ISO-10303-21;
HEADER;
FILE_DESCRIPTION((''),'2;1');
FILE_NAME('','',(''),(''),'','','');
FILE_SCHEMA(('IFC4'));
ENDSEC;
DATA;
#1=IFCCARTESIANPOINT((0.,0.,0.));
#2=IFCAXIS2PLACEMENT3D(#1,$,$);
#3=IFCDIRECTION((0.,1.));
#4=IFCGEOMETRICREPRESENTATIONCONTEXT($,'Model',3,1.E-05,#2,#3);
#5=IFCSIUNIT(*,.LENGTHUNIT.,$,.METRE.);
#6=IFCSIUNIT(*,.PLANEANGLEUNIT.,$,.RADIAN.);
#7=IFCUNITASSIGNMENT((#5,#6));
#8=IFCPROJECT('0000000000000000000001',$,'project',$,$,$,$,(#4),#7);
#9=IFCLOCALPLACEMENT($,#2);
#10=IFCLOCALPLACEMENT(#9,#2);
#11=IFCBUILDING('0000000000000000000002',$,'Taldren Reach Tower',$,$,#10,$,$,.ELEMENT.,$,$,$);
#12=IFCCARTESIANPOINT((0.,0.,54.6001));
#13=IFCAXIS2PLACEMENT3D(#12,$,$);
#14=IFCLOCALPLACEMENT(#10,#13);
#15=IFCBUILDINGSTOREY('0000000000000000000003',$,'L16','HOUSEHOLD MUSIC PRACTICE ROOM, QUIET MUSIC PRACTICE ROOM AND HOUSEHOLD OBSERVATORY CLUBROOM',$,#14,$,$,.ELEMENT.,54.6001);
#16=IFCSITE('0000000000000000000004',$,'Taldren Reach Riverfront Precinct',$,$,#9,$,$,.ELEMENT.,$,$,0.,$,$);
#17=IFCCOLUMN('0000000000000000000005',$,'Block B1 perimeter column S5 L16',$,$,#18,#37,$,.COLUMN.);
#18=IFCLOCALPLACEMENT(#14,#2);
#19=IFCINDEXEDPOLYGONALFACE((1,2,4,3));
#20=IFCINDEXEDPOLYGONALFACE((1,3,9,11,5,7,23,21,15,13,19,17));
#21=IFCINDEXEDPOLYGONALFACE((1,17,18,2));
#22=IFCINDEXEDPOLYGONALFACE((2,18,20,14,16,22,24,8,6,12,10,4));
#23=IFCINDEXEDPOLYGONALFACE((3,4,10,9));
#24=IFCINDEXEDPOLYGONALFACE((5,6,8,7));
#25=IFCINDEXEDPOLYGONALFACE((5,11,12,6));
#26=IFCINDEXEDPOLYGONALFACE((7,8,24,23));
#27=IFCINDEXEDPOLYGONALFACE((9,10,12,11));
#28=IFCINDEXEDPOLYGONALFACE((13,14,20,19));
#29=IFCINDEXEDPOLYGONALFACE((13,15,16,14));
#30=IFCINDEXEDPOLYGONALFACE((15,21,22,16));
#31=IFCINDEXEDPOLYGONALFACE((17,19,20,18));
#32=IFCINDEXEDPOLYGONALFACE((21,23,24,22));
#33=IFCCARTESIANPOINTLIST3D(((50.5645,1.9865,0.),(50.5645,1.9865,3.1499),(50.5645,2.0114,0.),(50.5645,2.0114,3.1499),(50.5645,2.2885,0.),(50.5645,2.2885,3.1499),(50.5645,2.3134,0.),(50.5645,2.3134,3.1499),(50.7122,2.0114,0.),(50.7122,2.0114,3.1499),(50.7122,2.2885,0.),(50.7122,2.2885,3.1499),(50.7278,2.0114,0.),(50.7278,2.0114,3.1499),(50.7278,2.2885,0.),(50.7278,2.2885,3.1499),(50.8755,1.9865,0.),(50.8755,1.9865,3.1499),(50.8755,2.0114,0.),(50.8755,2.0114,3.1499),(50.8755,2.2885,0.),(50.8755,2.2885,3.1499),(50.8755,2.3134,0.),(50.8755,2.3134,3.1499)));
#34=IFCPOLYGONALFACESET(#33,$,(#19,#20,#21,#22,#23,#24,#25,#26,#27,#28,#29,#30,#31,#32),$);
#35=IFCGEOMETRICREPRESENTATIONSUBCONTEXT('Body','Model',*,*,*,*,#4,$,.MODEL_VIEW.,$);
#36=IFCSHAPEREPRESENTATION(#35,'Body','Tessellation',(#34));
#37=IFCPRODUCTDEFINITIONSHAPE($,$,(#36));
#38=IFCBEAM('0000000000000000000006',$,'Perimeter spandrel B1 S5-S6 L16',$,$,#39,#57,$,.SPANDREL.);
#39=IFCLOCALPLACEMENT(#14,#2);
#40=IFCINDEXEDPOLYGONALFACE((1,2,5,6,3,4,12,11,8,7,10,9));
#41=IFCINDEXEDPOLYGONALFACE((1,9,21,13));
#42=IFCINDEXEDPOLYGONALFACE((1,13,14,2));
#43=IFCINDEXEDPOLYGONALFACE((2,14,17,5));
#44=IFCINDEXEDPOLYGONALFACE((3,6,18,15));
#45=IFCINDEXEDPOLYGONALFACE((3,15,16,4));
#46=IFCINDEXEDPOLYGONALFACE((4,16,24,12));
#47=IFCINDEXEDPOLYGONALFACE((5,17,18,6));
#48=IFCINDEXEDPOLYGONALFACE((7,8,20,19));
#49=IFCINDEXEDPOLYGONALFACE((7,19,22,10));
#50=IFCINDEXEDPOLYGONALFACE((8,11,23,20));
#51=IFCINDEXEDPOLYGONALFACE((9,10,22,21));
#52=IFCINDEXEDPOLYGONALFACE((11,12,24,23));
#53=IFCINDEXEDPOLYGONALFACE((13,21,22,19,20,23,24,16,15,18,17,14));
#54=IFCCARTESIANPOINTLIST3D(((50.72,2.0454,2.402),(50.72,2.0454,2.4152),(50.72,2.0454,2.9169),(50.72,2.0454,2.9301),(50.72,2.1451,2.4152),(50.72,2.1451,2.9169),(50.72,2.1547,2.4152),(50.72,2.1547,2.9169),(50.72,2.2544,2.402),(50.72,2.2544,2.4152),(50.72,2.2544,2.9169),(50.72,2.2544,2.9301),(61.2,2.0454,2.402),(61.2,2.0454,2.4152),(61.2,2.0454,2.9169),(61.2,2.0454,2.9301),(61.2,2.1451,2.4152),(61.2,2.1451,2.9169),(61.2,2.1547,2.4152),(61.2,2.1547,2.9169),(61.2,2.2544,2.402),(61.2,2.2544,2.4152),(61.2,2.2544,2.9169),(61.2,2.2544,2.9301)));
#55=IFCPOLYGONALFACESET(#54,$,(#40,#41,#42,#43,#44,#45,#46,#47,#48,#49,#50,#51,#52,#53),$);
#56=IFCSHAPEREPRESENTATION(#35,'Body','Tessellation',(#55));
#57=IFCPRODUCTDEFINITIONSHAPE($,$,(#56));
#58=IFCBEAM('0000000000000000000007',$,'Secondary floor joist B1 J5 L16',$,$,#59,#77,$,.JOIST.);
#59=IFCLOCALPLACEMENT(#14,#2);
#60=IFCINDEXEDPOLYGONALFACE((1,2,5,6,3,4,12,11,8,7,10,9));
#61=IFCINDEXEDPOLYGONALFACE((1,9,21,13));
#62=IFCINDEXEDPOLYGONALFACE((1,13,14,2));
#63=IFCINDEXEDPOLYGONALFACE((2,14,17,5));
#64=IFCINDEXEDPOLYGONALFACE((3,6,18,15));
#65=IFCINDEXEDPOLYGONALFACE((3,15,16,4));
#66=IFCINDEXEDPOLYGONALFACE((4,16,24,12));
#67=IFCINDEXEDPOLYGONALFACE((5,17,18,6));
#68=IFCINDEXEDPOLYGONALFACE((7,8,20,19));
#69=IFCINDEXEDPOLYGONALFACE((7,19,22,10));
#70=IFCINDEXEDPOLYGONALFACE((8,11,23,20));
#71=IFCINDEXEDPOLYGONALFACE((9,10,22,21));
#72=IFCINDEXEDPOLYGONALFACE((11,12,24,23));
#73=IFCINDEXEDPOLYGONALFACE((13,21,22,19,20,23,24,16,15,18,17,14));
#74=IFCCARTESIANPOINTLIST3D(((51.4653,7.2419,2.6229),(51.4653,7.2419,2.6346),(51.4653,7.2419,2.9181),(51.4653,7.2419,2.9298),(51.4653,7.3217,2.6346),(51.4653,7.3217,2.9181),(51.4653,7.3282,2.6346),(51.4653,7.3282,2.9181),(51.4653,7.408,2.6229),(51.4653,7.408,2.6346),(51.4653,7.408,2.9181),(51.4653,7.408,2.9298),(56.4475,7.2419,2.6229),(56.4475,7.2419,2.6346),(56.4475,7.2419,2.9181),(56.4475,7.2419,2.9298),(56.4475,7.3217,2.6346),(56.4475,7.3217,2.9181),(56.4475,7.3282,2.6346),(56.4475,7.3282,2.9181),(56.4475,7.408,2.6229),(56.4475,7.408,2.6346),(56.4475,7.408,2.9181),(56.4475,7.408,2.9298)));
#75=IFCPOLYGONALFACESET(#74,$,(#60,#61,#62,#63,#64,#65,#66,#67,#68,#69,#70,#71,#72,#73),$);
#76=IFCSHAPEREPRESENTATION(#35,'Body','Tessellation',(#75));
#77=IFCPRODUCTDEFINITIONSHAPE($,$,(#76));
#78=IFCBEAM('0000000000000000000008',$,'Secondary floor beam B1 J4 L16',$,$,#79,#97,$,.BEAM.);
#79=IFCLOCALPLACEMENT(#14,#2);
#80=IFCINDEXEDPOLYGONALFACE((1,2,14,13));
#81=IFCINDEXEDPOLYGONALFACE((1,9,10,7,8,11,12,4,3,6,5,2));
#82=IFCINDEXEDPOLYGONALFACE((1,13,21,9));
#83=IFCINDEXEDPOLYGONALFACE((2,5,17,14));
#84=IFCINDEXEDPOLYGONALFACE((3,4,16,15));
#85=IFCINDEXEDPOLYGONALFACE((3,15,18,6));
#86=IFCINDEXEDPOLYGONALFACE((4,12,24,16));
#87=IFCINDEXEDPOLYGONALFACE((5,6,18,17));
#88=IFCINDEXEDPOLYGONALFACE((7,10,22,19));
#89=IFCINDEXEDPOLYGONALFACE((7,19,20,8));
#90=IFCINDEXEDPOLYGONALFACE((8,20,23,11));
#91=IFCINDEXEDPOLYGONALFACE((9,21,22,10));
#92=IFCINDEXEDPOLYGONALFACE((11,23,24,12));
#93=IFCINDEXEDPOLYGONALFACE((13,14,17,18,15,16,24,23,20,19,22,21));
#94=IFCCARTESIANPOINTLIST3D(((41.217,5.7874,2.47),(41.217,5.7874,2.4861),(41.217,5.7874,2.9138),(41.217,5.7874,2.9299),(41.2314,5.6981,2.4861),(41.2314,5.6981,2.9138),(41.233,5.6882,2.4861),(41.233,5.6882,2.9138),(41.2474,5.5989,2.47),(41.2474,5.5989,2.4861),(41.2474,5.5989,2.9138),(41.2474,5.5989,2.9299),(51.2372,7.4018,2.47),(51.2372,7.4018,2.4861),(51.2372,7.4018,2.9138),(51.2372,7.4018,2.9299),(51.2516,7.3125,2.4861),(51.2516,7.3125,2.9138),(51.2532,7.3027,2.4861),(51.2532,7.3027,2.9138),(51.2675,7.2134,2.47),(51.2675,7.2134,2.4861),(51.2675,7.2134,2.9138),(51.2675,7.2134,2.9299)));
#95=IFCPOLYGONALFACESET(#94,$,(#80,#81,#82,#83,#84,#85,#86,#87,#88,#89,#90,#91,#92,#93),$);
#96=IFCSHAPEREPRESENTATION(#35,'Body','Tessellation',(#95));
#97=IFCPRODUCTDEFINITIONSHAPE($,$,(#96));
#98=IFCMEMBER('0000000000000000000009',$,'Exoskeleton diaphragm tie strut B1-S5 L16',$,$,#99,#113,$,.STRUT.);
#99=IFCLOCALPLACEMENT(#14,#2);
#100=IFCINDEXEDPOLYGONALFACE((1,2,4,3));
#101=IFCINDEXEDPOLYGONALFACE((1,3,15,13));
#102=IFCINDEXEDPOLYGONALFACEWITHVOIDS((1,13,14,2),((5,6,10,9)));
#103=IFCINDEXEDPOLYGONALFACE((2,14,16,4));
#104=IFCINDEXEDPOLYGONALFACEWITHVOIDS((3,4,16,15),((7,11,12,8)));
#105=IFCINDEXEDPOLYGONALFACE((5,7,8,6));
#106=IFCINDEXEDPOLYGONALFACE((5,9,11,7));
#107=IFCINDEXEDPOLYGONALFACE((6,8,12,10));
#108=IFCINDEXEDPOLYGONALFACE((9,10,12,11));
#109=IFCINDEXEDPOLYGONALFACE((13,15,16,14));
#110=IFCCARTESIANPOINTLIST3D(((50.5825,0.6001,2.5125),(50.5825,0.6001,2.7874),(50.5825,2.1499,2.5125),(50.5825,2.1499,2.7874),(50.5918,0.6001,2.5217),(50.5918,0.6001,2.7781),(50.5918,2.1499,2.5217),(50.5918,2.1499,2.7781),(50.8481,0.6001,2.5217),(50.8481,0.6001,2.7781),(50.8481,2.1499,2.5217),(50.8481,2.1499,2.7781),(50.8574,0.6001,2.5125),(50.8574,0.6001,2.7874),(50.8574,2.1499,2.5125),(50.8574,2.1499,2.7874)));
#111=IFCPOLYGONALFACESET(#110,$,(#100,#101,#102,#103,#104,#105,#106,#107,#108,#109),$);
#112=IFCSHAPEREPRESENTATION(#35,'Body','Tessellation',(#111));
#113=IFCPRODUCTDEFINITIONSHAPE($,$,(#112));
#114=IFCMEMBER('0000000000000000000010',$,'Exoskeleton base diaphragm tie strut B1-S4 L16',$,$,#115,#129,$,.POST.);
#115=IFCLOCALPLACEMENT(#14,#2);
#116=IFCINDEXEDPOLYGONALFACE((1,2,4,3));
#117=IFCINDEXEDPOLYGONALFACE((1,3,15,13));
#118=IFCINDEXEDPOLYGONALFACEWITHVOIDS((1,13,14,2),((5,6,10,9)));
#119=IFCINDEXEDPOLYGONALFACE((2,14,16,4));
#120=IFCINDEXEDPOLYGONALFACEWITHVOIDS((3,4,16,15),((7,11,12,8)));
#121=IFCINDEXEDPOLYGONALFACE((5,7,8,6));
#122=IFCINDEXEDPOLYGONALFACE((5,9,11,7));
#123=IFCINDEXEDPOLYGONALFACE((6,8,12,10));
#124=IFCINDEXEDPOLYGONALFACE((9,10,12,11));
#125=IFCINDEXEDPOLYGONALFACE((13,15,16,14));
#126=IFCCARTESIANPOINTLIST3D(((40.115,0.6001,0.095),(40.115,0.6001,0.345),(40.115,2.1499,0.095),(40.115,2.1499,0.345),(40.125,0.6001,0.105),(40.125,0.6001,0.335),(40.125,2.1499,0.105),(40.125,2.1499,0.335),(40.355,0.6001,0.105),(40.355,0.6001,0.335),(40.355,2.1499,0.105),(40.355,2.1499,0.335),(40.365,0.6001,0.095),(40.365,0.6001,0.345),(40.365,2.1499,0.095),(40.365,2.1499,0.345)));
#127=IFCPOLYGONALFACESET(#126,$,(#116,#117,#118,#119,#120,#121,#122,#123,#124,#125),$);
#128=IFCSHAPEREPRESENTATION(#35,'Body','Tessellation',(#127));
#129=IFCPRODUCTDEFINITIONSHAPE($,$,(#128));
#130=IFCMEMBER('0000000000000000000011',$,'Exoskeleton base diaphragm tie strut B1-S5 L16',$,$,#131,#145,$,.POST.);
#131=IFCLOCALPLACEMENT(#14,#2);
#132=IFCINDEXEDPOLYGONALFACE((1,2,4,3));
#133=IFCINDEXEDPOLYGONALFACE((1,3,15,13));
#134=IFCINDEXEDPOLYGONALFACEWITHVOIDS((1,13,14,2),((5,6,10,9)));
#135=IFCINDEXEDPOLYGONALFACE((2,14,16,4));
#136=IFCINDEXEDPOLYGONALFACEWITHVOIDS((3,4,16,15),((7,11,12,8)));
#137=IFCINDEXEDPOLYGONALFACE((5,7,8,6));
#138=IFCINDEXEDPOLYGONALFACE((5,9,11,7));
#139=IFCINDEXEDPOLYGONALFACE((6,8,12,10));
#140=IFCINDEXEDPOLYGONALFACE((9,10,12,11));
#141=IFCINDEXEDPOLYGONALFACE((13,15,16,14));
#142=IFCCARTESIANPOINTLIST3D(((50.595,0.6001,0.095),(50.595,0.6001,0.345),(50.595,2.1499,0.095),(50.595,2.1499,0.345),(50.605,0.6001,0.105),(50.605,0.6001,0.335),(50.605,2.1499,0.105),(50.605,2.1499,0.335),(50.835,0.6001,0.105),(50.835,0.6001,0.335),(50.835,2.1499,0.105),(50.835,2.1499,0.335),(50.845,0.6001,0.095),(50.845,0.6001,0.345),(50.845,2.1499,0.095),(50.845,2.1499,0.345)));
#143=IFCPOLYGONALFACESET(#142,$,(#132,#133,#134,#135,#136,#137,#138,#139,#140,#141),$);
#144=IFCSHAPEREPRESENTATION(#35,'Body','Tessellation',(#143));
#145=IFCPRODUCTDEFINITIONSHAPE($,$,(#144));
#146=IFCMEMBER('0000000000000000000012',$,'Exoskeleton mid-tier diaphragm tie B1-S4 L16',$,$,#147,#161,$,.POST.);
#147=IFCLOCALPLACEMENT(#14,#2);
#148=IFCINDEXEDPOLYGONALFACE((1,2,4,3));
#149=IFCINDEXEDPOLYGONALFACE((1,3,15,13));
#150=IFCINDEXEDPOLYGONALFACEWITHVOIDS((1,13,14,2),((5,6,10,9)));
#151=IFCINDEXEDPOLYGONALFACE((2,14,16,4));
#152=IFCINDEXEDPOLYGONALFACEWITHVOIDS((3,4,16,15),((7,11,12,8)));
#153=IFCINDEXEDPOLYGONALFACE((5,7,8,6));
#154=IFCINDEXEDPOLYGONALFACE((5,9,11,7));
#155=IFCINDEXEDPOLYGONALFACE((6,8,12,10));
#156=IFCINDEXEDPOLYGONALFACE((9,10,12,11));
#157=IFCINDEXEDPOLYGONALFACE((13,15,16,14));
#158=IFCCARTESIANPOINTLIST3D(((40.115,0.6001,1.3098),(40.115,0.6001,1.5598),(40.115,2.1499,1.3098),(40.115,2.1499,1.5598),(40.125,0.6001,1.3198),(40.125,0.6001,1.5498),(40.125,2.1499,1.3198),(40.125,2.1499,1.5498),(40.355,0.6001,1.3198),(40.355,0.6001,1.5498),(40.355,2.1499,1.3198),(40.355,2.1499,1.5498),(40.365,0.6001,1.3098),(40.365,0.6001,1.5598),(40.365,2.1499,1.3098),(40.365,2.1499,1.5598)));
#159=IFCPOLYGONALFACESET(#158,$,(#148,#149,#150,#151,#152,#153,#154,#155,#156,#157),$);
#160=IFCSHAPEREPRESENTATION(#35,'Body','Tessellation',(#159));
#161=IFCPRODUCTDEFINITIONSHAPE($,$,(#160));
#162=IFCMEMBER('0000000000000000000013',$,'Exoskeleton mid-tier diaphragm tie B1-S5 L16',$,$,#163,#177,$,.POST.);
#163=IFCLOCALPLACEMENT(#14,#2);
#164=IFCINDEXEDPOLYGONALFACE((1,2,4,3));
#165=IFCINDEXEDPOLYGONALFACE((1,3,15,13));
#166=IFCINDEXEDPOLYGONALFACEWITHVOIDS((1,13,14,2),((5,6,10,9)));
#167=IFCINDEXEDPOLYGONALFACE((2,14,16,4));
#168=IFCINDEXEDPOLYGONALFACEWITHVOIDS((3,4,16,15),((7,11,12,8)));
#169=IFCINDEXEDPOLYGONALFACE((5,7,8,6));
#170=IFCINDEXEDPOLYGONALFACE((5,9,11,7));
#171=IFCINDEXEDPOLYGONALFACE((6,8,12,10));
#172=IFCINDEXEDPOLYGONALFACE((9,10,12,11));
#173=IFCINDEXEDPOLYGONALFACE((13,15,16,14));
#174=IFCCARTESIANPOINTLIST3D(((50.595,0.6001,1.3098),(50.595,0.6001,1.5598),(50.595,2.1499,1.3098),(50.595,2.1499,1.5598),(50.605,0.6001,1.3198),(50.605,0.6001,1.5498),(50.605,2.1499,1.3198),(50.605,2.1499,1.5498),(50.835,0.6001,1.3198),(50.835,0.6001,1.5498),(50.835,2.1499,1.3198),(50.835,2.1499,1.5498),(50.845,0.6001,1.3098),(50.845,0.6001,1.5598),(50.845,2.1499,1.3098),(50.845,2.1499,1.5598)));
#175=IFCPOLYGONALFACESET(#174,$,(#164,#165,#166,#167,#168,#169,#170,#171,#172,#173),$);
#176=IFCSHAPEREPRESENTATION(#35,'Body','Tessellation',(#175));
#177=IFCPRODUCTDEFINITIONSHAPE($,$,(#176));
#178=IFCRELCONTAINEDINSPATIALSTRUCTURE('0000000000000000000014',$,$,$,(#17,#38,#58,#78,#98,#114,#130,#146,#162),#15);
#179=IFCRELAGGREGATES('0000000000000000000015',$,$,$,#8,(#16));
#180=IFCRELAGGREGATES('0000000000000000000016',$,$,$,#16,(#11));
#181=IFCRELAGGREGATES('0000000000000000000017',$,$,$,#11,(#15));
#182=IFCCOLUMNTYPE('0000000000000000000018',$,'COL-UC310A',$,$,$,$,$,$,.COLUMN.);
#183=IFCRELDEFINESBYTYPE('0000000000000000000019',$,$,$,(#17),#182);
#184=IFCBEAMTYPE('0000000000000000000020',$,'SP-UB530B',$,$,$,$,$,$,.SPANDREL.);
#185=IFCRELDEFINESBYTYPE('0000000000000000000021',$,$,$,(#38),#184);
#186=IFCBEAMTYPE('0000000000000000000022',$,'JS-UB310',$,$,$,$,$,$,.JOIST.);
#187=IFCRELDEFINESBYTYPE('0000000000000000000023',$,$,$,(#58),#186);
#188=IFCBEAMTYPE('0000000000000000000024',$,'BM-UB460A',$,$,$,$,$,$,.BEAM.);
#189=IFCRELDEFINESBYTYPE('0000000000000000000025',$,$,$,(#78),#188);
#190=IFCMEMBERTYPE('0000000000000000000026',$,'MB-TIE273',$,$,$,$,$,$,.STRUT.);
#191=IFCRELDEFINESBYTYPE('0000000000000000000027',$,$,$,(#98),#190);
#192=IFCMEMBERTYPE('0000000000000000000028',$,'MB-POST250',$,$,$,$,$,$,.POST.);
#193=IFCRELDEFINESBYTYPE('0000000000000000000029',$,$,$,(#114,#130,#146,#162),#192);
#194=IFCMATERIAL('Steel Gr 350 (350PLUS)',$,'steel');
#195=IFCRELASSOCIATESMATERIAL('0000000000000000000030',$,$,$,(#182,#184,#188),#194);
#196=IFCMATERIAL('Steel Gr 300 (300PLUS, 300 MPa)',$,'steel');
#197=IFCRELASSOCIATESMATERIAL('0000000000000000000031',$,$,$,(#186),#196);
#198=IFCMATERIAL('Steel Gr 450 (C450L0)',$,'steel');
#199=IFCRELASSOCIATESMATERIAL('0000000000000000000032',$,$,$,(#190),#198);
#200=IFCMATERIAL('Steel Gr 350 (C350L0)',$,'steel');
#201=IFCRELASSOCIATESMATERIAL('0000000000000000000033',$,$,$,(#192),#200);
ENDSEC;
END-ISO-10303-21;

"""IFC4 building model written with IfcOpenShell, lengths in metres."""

from ifc_helpers import new_model, si_unit, direction, frame, origin, origin_2d, place, context, subcontext, project, spatial, hollow_rectangle, i_section, extrude, source, transform, mapped, material, material_profile, profile_set, type_object, element, save


model = new_model("IFC4")

# Units and contexts
model_context = context("Model", 3, precision=1e-05, world=origin(), true_north=direction((0.0, 1.0)))
body_context = subcontext(model_context, "Body", "Model", "MODEL_VIEW")
ifc_project = project(units=[si_unit("LENGTHUNIT", "METRE"), si_unit("PLANEANGLEUNIT", "RADIAN")], contexts=[model_context])

# Site, building, storey
site_placement = place(None, origin())
site = spatial("IfcSite", under=ifc_project, at=site_placement, Name="Taldren Reach Riverfront Precinct", CompositionType="ELEMENT", RefElevation=0.0)
building_placement = place(site_placement, origin())
building = spatial("IfcBuilding", under=site, at=building_placement, Name="Taldren Reach Tower", CompositionType="ELEMENT")
storey_placement = place(building_placement, frame((0.0, 0.0, 54.6001)))
storey = spatial("IfcBuildingStorey", under=building, at=storey_placement, Name="L16", Description="HOUSEHOLD MUSIC PRACTICE ROOM, QUIET MUSIC PRACTICE ROOM AND HOUSEHOLD OBSERVATORY CLUBROOM", CompositionType="ELEMENT", Elevation=54.6001)

# Column
ifc_material_1 = material(Name="Steel Gr 350 (350PLUS)", Category="steel")
ifc_material_profile_1 = material_profile(ifc_material_1, i_section(OverallWidth=0.311, OverallDepth=0.3269, WebThickness=0.0156, FlangeThickness=0.0249, at=origin_2d()), Name="310UC158")
ifc_profile_set_1 = profile_set([ifc_material_profile_1], Name="Steel Gr 350 (350PLUS)")
column_type = type_object("IfcColumnType", Name="COL-UC310A", PredefinedType="COLUMN", material=ifc_profile_set_1)
shared_shape_1 = source(origin(), body_context, "Body", "SweptSolid", [
    extrude(i_section(OverallWidth=0.311, OverallDepth=0.3269, WebThickness=0.0156, FlangeThickness=0.0249, at=origin_2d()), origin(), (0.0, 0.0, 1.0), 3.1499),
])
column_placement = place(storey_placement, frame((50.72, 2.1499, 0.0), z_axis=(0.0, 0.0, 1.0), x_axis=(1.0, 0.0, 0.0)))
element("IfcColumn", 1, at=column_placement, inside=storey, type_object=column_type, Name="Block B1 perimeter column S5 L16", PredefinedType="COLUMN", context=body_context, shape_type="MappedRepresentation", body=[
    mapped(shared_shape_1, transform((0.0, 0.0, 0.0), scale=1.0)),
])

# Beams
ifc_material_profile_2 = material_profile(ifc_material_1, i_section(OverallWidth=0.209, OverallDepth=0.5281, WebThickness=0.0095, FlangeThickness=0.0132, at=origin_2d()), Name="530UB82.0")
ifc_profile_set_2 = profile_set([ifc_material_profile_2], Name="Steel Gr 350 (350PLUS)")
beam_type_1 = type_object("IfcBeamType", Name="SP-UB530B", PredefinedType="SPANDREL", material=ifc_profile_set_2)
shared_shape_2 = source(origin(), body_context, "Body", "SweptSolid", [
    extrude(i_section(OverallWidth=0.209, OverallDepth=0.5281, WebThickness=0.0095, FlangeThickness=0.0132, at=origin_2d()), origin(), (0.0, 0.0, 1.0), 10.48),
])
beam_1_placement = place(storey_placement, frame((50.72, 2.1499, 2.666), z_axis=(1.0, 0.0, 0.0), x_axis=(0.0, 1.0, 0.0)))
element("IfcBeam", 2, at=beam_1_placement, inside=storey, type_object=beam_type_1, Name="Perimeter spandrel B1 S5-S6 L16", PredefinedType="SPANDREL", context=body_context, shape_type="MappedRepresentation", body=[
    mapped(shared_shape_2, transform((0.0, 0.0, 0.0), scale=1.0)),
])
ifc_material_2 = material(Name="Steel Gr 300 (300PLUS, 300 MPa)", Category="steel")
ifc_material_profile_3 = material_profile(ifc_material_2, i_section(OverallWidth=0.166, OverallDepth=0.3069, WebThickness=0.0066, FlangeThickness=0.0117, at=origin_2d()), Name="310UB46.2")
ifc_profile_set_3 = profile_set([ifc_material_profile_3], Name="Steel Gr 300 (300PLUS, 300 MPa)")
beam_type_2 = type_object("IfcBeamType", Name="JS-UB310", PredefinedType="JOIST", material=ifc_profile_set_3)
shared_shape_3 = source(origin(), body_context, "Body", "SweptSolid", [
    extrude(i_section(OverallWidth=0.166, OverallDepth=0.3069, WebThickness=0.0066, FlangeThickness=0.0117, at=origin_2d()), origin(), (0.0, 0.0, 1.0), 4.9822),
])
beam_2_placement = place(storey_placement, frame((51.4653, 7.325, 2.7764), z_axis=(1.0, 0.0, 0.0), x_axis=(0.0, 1.0, 0.0)))
element("IfcBeam", 3, at=beam_2_placement, inside=storey, type_object=beam_type_2, Name="Secondary floor joist B1 J5 L16", PredefinedType="JOIST", context=body_context, shape_type="MappedRepresentation", body=[
    mapped(shared_shape_3, transform((0.0, 0.0, 0.0), scale=1.0)),
])
ifc_material_profile_4 = material_profile(ifc_material_1, i_section(OverallWidth=0.1909, OverallDepth=0.46, WebThickness=0.01, FlangeThickness=0.0161, at=origin_2d()), Name="460UB82.1")
ifc_profile_set_4 = profile_set([ifc_material_profile_4], Name="Steel Gr 350 (350PLUS)")
beam_type_3 = type_object("IfcBeamType", Name="BM-UB460A", PredefinedType="BEAM", material=ifc_profile_set_4)
shared_shape_4 = source(origin(), body_context, "Body", "SweptSolid", [
    extrude(i_section(OverallWidth=0.1909, OverallDepth=0.46, WebThickness=0.01, FlangeThickness=0.0161, at=origin_2d()), origin(), (0.0, 0.0, 1.0), 10.1494),
])
beam_3_placement = place(storey_placement, frame((41.2322, 5.6931, 2.7), z_axis=(0.987267, 0.159072, 0.0), x_axis=(-0.159072, 0.987267, 0.0)))
element("IfcBeam", 4, at=beam_3_placement, inside=storey, type_object=beam_type_3, Name="Secondary floor beam B1 J4 L16", PredefinedType="BEAM", context=body_context, shape_type="MappedRepresentation", body=[
    mapped(shared_shape_4, transform((0.0, 0.0, 0.0), scale=1.0)),
])

# Members
ifc_material_3 = material(Name="Steel Gr 450 (C450L0)", Category="steel")
ifc_material_profile_5 = material_profile(ifc_material_3, hollow_rectangle(XDim=0.2749, YDim=0.2749, WallThickness=0.0093, at=origin_2d()), Name="275x275x9.3SHS")
ifc_profile_set_5 = profile_set([ifc_material_profile_5], Name="Steel Gr 450 (C450L0)")
member_type_1 = type_object("IfcMemberType", Name="MB-TIE273", PredefinedType="STRUT", material=ifc_profile_set_5)
shared_shape_5 = source(origin(), body_context, "Body", "SweptSolid", [
    extrude(hollow_rectangle(XDim=0.2749, YDim=0.2749, WallThickness=0.0093, at=origin_2d()), origin(), (0.0, 0.0, 1.0), 1.5498),
])
member_placement = place(storey_placement, frame((50.72, 2.1499, 2.6499), z_axis=(0.0, -1.0, 0.0), x_axis=(1.0, 0.0, 0.0)))
element("IfcMember", 5, at=member_placement, inside=storey, type_object=member_type_1, Name="Exoskeleton diaphragm tie strut B1-S5 L16", PredefinedType="STRUT", context=body_context, shape_type="MappedRepresentation", body=[
    mapped(shared_shape_5, transform((0.0, 0.0, 0.0), scale=1.0)),
])
ifc_material_4 = material(Name="Steel Gr 350 (C350L0)", Category="steel")
ifc_material_profile_6 = material_profile(ifc_material_4, hollow_rectangle(XDim=0.25, YDim=0.25, WallThickness=0.01, at=origin_2d()), Name="250x250x10.0SHS")
ifc_profile_set_6 = profile_set([ifc_material_profile_6], Name="Steel Gr 350 (C350L0)")
member_type_2 = type_object("IfcMemberType", Name="MB-POST250", PredefinedType="POST", material=ifc_profile_set_6)
shared_shape_6 = source(origin(), body_context, "Body", "SweptSolid", [
    extrude(hollow_rectangle(XDim=0.25, YDim=0.25, WallThickness=0.01, at=origin_2d()), origin(), (0.0, 0.0, 1.0), 1.5498),
])
for number, where, z_axis, x_axis, name in (
    (6, (40.24, 2.1499, 0.22), (0.0, -1.0, 0.0), (1.0, 0.0, 0.0), "Exoskeleton base diaphragm tie strut B1-S4 L16"),
    (7, (50.72, 2.1499, 0.22), (0.0, -1.0, 0.0), (1.0, 0.0, 0.0), "Exoskeleton base diaphragm tie strut B1-S5 L16"),
    (8, (40.24, 2.1499, 1.4348), (0.0, -1.0, 0.0), (1.0, 0.0, 0.0), "Exoskeleton mid-tier diaphragm tie B1-S4 L16"),
    (9, (50.72, 2.1499, 1.4348), (0.0, -1.0, 0.0), (1.0, 0.0, 0.0), "Exoskeleton mid-tier diaphragm tie B1-S5 L16"),
):
    element("IfcMember", number, at=place(storey_placement, frame(where, z_axis=z_axis, x_axis=x_axis)), inside=storey, type_object=member_type_2, Name=name, PredefinedType="POST", context=body_context, shape_type="MappedRepresentation", body=[
        mapped(shared_shape_6, transform((0.0, 0.0, 0.0), scale=1.0)),
    ])

save(model, "model.ifc")
